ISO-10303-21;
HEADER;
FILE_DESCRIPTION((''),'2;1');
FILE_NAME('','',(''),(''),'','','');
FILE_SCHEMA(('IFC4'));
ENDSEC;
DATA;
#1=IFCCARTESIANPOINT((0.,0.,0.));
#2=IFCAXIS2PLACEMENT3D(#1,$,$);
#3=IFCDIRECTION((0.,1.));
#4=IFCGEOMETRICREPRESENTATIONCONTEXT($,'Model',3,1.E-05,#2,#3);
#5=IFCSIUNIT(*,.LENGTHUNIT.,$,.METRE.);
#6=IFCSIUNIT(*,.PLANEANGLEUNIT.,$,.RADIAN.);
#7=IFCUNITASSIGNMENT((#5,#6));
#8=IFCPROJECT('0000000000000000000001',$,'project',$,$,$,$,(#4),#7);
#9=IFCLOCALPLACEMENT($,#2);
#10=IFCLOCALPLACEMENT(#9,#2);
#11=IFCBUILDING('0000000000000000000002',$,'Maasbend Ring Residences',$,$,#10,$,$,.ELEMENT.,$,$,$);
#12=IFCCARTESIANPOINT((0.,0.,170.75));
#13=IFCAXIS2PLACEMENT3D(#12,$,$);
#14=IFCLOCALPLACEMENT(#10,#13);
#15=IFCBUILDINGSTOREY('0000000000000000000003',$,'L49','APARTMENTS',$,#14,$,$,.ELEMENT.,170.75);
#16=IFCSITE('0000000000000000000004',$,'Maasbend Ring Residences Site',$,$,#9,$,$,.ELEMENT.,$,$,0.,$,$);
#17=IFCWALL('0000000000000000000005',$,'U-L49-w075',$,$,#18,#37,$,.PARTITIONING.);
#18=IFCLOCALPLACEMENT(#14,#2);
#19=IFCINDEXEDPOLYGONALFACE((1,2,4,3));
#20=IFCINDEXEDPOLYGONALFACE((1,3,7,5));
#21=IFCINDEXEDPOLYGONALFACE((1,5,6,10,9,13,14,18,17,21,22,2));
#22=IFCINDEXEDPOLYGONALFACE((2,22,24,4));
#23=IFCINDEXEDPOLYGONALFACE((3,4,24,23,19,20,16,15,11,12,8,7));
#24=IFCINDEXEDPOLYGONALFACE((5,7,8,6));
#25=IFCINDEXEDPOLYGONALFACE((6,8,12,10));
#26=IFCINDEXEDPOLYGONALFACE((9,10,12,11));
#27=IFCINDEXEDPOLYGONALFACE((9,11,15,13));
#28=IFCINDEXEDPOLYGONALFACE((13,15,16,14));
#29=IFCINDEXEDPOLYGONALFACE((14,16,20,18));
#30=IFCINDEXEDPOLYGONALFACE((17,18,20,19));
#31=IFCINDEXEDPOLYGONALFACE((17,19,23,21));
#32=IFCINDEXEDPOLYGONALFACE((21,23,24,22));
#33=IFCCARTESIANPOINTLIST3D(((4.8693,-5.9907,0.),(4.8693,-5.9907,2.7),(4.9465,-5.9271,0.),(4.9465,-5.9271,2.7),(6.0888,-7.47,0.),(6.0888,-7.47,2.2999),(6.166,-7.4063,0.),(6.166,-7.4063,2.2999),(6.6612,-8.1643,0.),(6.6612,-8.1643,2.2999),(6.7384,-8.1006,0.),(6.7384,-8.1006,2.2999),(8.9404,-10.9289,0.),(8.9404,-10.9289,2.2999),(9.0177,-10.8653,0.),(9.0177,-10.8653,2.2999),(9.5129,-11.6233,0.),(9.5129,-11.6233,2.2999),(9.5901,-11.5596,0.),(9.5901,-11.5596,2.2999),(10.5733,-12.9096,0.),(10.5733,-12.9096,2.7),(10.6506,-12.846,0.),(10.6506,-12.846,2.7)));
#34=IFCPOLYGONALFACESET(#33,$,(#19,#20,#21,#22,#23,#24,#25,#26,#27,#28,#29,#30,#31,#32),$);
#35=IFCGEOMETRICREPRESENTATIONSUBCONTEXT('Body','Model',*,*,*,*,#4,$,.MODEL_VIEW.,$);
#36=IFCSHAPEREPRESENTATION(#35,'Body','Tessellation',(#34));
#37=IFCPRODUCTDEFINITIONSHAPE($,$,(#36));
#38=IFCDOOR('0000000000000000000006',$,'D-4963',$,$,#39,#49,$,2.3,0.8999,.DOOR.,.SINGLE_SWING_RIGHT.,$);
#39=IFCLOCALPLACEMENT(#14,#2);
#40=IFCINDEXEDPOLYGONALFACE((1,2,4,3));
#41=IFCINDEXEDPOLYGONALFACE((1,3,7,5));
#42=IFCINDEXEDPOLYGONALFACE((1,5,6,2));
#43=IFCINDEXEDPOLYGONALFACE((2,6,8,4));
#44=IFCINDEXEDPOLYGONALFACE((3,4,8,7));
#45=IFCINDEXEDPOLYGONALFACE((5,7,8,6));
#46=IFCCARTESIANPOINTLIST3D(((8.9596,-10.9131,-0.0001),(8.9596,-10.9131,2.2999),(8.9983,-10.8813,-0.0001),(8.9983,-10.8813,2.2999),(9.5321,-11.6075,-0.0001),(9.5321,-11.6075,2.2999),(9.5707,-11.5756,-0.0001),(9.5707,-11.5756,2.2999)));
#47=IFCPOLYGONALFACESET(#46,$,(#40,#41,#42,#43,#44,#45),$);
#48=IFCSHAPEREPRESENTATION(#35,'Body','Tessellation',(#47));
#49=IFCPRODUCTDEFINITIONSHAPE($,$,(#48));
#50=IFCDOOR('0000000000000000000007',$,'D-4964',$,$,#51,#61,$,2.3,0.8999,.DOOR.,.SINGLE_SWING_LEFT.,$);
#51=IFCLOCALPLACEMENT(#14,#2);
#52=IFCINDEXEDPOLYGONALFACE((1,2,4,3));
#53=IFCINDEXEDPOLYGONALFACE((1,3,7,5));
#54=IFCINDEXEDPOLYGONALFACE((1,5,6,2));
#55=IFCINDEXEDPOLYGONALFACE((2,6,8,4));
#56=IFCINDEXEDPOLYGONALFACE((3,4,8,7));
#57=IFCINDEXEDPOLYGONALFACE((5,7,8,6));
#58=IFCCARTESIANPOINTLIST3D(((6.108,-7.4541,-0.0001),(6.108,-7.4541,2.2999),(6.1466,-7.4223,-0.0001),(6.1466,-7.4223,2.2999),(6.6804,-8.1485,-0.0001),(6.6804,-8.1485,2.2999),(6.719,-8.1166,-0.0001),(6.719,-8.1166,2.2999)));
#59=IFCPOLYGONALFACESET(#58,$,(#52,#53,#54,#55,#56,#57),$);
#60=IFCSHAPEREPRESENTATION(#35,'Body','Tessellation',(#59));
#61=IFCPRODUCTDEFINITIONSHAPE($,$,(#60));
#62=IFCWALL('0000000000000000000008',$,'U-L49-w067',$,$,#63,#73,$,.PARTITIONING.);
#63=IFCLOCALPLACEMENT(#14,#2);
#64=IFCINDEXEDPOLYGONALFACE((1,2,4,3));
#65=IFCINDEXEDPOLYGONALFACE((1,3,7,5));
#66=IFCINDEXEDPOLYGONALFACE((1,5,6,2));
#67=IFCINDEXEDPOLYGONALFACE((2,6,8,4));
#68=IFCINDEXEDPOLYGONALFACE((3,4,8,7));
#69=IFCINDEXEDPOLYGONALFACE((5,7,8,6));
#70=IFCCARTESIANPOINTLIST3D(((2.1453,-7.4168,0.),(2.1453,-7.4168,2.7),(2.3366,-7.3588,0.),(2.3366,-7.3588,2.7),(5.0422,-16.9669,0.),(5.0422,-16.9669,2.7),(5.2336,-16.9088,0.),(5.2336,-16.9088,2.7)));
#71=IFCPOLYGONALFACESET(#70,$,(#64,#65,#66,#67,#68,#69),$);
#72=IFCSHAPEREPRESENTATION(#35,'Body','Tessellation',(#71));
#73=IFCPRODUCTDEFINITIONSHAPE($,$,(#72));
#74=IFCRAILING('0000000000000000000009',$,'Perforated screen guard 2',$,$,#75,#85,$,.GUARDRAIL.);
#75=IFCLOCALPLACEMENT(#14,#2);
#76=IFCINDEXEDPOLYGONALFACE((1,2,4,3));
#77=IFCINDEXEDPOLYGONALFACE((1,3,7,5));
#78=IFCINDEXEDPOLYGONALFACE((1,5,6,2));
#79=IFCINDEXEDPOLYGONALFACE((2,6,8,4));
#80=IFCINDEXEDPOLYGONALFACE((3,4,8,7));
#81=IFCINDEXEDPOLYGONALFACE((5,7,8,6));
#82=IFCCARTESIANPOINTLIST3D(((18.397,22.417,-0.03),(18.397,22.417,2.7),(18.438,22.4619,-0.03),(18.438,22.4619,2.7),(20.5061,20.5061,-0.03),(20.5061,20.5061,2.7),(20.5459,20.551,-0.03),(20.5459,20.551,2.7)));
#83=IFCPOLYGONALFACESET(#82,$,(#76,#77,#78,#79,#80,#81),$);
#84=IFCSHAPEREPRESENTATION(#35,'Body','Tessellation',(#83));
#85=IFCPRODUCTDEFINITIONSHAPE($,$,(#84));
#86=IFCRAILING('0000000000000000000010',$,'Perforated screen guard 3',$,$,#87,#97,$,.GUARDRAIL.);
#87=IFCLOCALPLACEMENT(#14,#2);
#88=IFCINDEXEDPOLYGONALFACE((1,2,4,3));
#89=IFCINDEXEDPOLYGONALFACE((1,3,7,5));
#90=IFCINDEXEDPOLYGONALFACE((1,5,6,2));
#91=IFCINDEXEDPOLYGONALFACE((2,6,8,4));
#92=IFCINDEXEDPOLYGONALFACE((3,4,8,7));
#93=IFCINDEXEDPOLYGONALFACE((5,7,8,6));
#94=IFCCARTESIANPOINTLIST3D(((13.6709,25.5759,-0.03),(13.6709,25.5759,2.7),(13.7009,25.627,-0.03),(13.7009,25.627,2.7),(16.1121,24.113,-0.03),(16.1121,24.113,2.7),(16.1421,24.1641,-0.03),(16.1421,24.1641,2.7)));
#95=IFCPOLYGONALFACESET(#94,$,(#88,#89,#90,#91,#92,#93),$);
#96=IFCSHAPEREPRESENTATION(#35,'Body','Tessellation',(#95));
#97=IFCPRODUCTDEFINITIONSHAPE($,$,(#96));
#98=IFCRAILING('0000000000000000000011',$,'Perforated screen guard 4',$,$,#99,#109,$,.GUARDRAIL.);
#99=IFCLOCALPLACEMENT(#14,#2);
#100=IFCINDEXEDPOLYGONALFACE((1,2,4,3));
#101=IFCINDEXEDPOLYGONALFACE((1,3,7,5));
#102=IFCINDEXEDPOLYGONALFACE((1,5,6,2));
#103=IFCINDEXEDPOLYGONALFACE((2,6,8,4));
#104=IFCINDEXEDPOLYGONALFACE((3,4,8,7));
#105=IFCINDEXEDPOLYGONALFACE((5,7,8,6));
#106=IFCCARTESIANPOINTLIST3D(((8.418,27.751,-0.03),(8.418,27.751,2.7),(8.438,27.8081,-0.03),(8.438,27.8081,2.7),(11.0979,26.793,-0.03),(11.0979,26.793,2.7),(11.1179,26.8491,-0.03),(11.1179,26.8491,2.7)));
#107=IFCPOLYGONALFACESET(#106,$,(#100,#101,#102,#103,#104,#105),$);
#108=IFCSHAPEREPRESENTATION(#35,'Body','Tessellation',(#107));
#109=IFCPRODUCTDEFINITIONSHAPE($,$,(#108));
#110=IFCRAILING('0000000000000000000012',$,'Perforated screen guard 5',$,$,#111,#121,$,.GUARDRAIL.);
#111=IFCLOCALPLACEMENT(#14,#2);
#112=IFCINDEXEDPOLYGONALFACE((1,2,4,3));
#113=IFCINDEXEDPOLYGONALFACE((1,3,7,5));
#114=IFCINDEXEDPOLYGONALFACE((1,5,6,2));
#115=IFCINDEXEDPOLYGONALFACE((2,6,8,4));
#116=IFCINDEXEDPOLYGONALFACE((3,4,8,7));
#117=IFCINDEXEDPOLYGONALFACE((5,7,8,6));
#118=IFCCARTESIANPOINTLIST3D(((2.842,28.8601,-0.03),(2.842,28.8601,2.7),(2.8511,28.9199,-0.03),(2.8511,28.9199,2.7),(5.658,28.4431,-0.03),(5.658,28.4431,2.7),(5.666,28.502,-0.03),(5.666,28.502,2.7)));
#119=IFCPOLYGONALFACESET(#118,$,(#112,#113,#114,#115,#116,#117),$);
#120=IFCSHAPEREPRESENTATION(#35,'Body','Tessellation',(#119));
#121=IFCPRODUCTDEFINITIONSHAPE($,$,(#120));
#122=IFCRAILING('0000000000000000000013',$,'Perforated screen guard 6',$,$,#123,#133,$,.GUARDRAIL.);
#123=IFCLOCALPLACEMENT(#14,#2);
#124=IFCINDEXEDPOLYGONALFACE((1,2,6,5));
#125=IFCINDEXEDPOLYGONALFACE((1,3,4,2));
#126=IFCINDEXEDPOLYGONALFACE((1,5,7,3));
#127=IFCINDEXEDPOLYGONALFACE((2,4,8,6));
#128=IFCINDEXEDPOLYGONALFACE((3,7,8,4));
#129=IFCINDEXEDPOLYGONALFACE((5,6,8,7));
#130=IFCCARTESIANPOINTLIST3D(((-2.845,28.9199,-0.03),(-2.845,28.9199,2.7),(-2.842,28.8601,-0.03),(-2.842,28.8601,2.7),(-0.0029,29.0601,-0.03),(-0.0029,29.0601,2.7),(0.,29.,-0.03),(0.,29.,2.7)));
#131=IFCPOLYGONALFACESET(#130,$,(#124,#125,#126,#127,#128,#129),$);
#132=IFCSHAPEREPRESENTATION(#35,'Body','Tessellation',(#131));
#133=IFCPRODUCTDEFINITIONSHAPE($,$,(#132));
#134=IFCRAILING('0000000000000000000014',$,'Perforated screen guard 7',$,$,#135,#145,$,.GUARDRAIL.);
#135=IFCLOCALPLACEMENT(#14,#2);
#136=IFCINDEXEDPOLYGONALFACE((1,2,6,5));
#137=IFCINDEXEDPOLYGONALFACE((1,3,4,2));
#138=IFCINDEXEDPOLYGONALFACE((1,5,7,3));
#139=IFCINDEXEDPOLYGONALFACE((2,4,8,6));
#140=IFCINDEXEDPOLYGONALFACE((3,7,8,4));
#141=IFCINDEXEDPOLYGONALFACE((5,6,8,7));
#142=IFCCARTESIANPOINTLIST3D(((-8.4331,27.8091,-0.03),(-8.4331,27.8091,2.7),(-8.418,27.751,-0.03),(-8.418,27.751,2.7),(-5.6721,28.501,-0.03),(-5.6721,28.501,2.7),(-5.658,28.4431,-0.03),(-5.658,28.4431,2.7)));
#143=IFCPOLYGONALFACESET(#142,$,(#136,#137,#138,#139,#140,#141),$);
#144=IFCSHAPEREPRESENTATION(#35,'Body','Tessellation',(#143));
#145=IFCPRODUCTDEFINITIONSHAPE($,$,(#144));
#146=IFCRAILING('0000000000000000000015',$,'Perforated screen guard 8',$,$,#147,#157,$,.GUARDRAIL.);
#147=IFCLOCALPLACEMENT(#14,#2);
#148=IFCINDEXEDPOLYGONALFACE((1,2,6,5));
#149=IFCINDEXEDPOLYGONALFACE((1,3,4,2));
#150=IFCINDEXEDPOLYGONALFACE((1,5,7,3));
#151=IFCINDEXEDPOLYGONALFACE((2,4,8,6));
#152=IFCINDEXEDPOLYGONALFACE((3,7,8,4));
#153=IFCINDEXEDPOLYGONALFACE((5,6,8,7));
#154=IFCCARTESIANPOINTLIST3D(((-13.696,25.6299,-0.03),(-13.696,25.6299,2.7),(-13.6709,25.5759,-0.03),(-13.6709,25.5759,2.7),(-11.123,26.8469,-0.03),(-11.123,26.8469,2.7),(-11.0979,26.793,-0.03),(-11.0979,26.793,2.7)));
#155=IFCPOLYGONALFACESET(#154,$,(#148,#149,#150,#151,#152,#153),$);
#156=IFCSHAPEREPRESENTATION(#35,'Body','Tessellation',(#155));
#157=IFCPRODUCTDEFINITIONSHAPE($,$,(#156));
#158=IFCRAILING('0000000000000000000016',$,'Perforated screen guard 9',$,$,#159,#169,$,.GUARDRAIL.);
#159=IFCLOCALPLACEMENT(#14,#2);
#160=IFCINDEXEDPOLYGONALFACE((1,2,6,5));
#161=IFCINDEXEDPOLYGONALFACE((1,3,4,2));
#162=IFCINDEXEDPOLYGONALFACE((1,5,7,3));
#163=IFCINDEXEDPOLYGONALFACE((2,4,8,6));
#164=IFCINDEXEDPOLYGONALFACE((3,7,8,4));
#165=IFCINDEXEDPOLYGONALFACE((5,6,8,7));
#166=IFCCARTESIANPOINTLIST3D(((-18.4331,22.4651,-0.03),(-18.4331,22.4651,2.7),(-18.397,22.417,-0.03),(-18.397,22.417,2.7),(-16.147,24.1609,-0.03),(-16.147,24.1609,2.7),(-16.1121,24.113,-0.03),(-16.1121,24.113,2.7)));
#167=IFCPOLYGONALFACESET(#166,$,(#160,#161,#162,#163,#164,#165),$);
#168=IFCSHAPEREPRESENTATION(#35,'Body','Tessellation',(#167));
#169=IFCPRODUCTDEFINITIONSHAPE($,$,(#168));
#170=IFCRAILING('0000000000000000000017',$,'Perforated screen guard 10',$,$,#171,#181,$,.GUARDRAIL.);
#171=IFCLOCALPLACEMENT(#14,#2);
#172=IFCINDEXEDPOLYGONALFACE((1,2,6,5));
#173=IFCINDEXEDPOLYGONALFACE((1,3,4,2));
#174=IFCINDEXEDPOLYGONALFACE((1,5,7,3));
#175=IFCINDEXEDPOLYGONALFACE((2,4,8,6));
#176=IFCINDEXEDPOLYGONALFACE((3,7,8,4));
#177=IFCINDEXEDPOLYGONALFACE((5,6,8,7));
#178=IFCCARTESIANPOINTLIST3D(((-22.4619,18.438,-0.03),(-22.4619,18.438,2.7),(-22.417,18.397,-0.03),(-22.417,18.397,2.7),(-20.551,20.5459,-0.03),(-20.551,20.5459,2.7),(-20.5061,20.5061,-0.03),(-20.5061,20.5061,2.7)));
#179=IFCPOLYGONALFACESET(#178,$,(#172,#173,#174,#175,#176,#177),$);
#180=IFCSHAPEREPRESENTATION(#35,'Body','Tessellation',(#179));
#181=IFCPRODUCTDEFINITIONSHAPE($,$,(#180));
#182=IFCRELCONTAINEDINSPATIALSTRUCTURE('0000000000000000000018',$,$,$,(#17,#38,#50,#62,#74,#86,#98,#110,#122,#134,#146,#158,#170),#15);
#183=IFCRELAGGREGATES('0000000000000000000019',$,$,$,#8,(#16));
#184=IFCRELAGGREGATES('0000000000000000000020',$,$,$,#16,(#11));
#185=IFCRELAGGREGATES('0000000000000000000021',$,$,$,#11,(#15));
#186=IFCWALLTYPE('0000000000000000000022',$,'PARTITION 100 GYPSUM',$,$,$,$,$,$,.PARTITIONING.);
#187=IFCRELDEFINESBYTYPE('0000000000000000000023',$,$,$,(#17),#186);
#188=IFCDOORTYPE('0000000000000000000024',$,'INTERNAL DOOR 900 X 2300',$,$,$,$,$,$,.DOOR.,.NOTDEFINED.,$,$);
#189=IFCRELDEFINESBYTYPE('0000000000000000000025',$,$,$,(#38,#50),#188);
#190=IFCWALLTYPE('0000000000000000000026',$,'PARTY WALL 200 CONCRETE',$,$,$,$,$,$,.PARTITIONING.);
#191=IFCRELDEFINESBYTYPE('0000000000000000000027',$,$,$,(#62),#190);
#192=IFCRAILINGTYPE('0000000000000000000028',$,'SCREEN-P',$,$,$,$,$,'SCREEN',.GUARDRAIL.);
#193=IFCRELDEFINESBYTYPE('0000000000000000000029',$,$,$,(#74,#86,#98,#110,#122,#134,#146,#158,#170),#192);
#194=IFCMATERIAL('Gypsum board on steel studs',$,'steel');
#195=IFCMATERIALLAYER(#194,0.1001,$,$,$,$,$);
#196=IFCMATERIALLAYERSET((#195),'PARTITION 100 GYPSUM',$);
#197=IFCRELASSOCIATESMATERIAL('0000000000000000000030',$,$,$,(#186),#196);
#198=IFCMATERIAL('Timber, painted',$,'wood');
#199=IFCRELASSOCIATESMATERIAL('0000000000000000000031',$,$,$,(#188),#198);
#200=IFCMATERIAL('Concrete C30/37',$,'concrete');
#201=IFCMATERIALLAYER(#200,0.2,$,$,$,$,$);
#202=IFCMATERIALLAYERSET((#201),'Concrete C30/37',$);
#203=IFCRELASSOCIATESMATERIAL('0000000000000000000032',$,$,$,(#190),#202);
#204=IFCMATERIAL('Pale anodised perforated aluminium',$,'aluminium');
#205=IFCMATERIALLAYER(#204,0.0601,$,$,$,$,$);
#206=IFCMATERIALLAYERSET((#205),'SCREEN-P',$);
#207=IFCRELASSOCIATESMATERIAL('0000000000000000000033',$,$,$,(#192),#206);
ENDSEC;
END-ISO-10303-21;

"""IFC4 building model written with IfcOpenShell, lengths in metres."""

from ifc_helpers import new_model, si_unit, direction, frame, frame_2d, origin, place, context, subcontext, project, spatial, polyline, rectangle, outline, extrude, material, layer, layer_set, type_object, element, fill, save


model = new_model("IFC4")

# Units and contexts
model_context = context("Model", 3, precision=1e-05, world=origin(), true_north=direction((0.0, 1.0)))
body_context = subcontext(model_context, "Body", "Model", "MODEL_VIEW")
ifc_project = project(units=[si_unit("LENGTHUNIT", "METRE"), si_unit("PLANEANGLEUNIT", "RADIAN")], contexts=[model_context])

# Site, building, storey
site_placement = place(None, origin())
site = spatial("IfcSite", under=ifc_project, at=site_placement, Name="Maasbend Ring Residences Site", CompositionType="ELEMENT", RefElevation=0.0)
building_placement = place(site_placement, origin())
building = spatial("IfcBuilding", under=site, at=building_placement, Name="Maasbend Ring Residences", CompositionType="ELEMENT")
storey_placement = place(building_placement, frame((0.0, 0.0, 170.75)))
storey = spatial("IfcBuildingStorey", under=building, at=storey_placement, Name="L49", Description="APARTMENTS", CompositionType="ELEMENT", Elevation=170.75)

# Wall, openings, doors
ifc_material_1 = material(Name="Gypsum board on steel studs", Category="steel")
ifc_layer_1 = layer(ifc_material_1, 0.1001)
ifc_layer_set_1 = layer_set([ifc_layer_1], Name="PARTITION 100 GYPSUM")
wall_type_1 = type_object("IfcWallType", Name="PARTITION 100 GYPSUM", PredefinedType="PARTITIONING", material=ifc_layer_set_1)
wall_1_placement = place(storey_placement, frame((4.908, -5.959, 0.0), z_axis=(0.0, 0.0, 1.0), x_axis=(0.636116, -0.771594, 0.0)))
wall_1 = element("IfcWall", 1, at=wall_1_placement, inside=storey, type_object=wall_type_1, Name="U-L49-w075", PredefinedType="PARTITIONING", context=body_context, shape_type="SweptSolid", body=[
    extrude(rectangle(XDim=8.967, YDim=0.1001, at=frame_2d((4.4834, 0.0))), origin(), (0.0, 0.0, 1.0), 2.7),
])
opening_1_placement = place(wall_1_placement, frame((6.3999, 0.0, 0.0)))
opening_1 = element("IfcOpeningElement", 2, at=opening_1_placement, cuts=wall_1, PredefinedType="OPENING", context=body_context, shape_type="SweptSolid", body=[
    extrude(rectangle(XDim=0.8999, YDim=2.3, at=frame_2d((0.45, 1.1499))), frame((0.0, 0.0601, 0.0), z_axis=(0.0, -1.0, 0.0), x_axis=(1.0, 0.0, 0.0)), (0.0, 0.0, 1.0), 0.1201),
])
opening_2_placement = place(wall_1_placement, frame((1.917, 0.0, 0.0)))
opening_2 = element("IfcOpeningElement", 3, at=opening_2_placement, cuts=wall_1, PredefinedType="OPENING", context=body_context, shape_type="SweptSolid", body=[
    extrude(rectangle(XDim=0.8999, YDim=2.3, at=frame_2d((0.45, 1.1499))), frame((0.0, 0.0601, 0.0), z_axis=(0.0, -1.0, 0.0), x_axis=(1.0, 0.0, 0.0)), (0.0, 0.0, 1.0), 0.1201),
])
ifc_material_2 = material(Name="Timber, painted", Category="wood")
door_type = type_object("IfcDoorType", Name="INTERNAL DOOR 900 X 2300", OperationType="NOTDEFINED", PredefinedType="DOOR", material=ifc_material_2)
door_1_placement = place(opening_1_placement, origin())
door_1 = element("IfcDoor", 4, at=door_1_placement, inside=storey, type_object=door_type, Name="D-4963", OperationType="SINGLE_SWING_RIGHT", OverallHeight=2.3, OverallWidth=0.8999, PredefinedType="DOOR", context=body_context, shape_type="SweptSolid", body=[
    extrude(rectangle(XDim=0.8999, YDim=2.3, at=frame_2d((0.45, 1.1499))), frame((0.0, 0.0249, 0.0), z_axis=(0.0, -1.0, 0.0), x_axis=(1.0, 0.0, 0.0)), (0.0, 0.0, 1.0), 0.05),
])
fill(opening_1, door_1)
door_2_placement = place(opening_2_placement, origin())
door_2 = element("IfcDoor", 5, at=door_2_placement, inside=storey, type_object=door_type, Name="D-4964", OperationType="SINGLE_SWING_LEFT", OverallHeight=2.3, OverallWidth=0.8999, PredefinedType="DOOR", context=body_context, shape_type="SweptSolid", body=[
    extrude(rectangle(XDim=0.8999, YDim=2.3, at=frame_2d((0.45, 1.1499))), frame((0.0, 0.0249, 0.0), z_axis=(0.0, -1.0, 0.0), x_axis=(1.0, 0.0, 0.0)), (0.0, 0.0, 1.0), 0.05),
])
fill(opening_2, door_2)

# Wall
ifc_material_3 = material(Name="Concrete C30/37", Category="concrete")
ifc_layer_2 = layer(ifc_material_3, 0.2)
ifc_layer_set_2 = layer_set([ifc_layer_2], Name="Concrete C30/37")
wall_type_2 = type_object("IfcWallType", Name="PARTY WALL 200 CONCRETE", PredefinedType="PARTITIONING", material=ifc_layer_set_2)
wall_2_placement = place(storey_placement, frame((2.241, -7.3879, 0.0), z_axis=(0.0, 0.0, 1.0), x_axis=(0.290284, -0.95694, 0.0)))
element("IfcWall", 6, at=wall_2_placement, inside=storey, type_object=wall_type_2, Name="U-L49-w067", PredefinedType="PARTITIONING", context=body_context, shape_type="SweptSolid", body=[
    extrude(rectangle(XDim=9.9797, YDim=0.2, at=frame_2d((4.9897, 0.0))), origin(), (0.0, 0.0, 1.0), 2.7),
])

# Railings
ifc_material_4 = material(Name="Pale anodised perforated aluminium", Category="aluminium")
ifc_layer_3 = layer(ifc_material_4, 0.0601)
ifc_layer_set_3 = layer_set([ifc_layer_3], Name="SCREEN-P")
railing_type = type_object("IfcRailingType", Name="SCREEN-P", ElementType="SCREEN", PredefinedType="GUARDRAIL", material=ifc_layer_set_3)
railing_1_placement = place(storey_placement, frame((0.0, 0.0, -0.03)))
element("IfcRailing", 7, at=railing_1_placement, inside=storey, type_object=railing_type, Name="Perforated screen guard 2", PredefinedType="GUARDRAIL", context=body_context, shape_type="SweptSolid", body=[
    extrude(outline(polyline([(20.5061, 20.5061), (18.397, 22.417), (18.438, 22.4619), (20.5459, 20.551), (20.5061, 20.5061)])), origin(), (0.0, 0.0, 1.0), 2.73),
])
railing_2_placement = place(storey_placement, frame((0.0, 0.0, -0.03)))
element("IfcRailing", 8, at=railing_2_placement, inside=storey, type_object=railing_type, Name="Perforated screen guard 3", PredefinedType="GUARDRAIL", context=body_context, shape_type="SweptSolid", body=[
    extrude(outline(polyline([(16.1121, 24.113), (13.6709, 25.5759), (13.7009, 25.627), (16.1421, 24.1641), (16.1121, 24.113)])), origin(), (0.0, 0.0, 1.0), 2.73),
])
railing_3_placement = place(storey_placement, frame((0.0, 0.0, -0.03)))
element("IfcRailing", 9, at=railing_3_placement, inside=storey, type_object=railing_type, Name="Perforated screen guard 4", PredefinedType="GUARDRAIL", context=body_context, shape_type="SweptSolid", body=[
    extrude(outline(polyline([(11.0979, 26.793), (8.418, 27.751), (8.438, 27.8081), (11.1179, 26.8491), (11.0979, 26.793)])), origin(), (0.0, 0.0, 1.0), 2.73),
])
railing_4_placement = place(storey_placement, frame((0.0, 0.0, -0.03)))
element("IfcRailing", 10, at=railing_4_placement, inside=storey, type_object=railing_type, Name="Perforated screen guard 5", PredefinedType="GUARDRAIL", context=body_context, shape_type="SweptSolid", body=[
    extrude(outline(polyline([(5.658, 28.4431), (2.842, 28.8601), (2.8511, 28.9199), (5.666, 28.502), (5.658, 28.4431)])), origin(), (0.0, 0.0, 1.0), 2.73),
])
railing_5_placement = place(storey_placement, frame((0.0, 0.0, -0.03)))
element("IfcRailing", 11, at=railing_5_placement, inside=storey, type_object=railing_type, Name="Perforated screen guard 6", PredefinedType="GUARDRAIL", context=body_context, shape_type="SweptSolid", body=[
    extrude(outline(polyline([(0.0, 29.0), (-2.842, 28.8601), (-2.845, 28.9199), (-0.0029, 29.0601), (0.0, 29.0)])), origin(), (0.0, 0.0, 1.0), 2.73),
])
railing_6_placement = place(storey_placement, frame((0.0, 0.0, -0.03)))
element("IfcRailing", 12, at=railing_6_placement, inside=storey, type_object=railing_type, Name="Perforated screen guard 7", PredefinedType="GUARDRAIL", context=body_context, shape_type="SweptSolid", body=[
    extrude(outline(polyline([(-5.658, 28.4431), (-8.418, 27.751), (-8.4331, 27.8091), (-5.6721, 28.501), (-5.658, 28.4431)])), origin(), (0.0, 0.0, 1.0), 2.73),
])
railing_7_placement = place(storey_placement, frame((0.0, 0.0, -0.03)))
element("IfcRailing", 13, at=railing_7_placement, inside=storey, type_object=railing_type, Name="Perforated screen guard 8", PredefinedType="GUARDRAIL", context=body_context, shape_type="SweptSolid", body=[
    extrude(outline(polyline([(-11.0979, 26.793), (-13.6709, 25.5759), (-13.696, 25.6299), (-11.123, 26.8469), (-11.0979, 26.793)])), origin(), (0.0, 0.0, 1.0), 2.73),
])
railing_8_placement = place(storey_placement, frame((0.0, 0.0, -0.03)))
element("IfcRailing", 14, at=railing_8_placement, inside=storey, type_object=railing_type, Name="Perforated screen guard 9", PredefinedType="GUARDRAIL", context=body_context, shape_type="SweptSolid", body=[
    extrude(outline(polyline([(-16.1121, 24.113), (-18.397, 22.417), (-18.4331, 22.4651), (-16.147, 24.1609), (-16.1121, 24.113)])), origin(), (0.0, 0.0, 1.0), 2.73),
])
railing_9_placement = place(storey_placement, frame((0.0, 0.0, -0.03)))
element("IfcRailing", 15, at=railing_9_placement, inside=storey, type_object=railing_type, Name="Perforated screen guard 10", PredefinedType="GUARDRAIL", context=body_context, shape_type="SweptSolid", body=[
    extrude(outline(polyline([(-20.5061, 20.5061), (-22.417, 18.397), (-22.4619, 18.438), (-20.551, 20.5459), (-20.5061, 20.5061)])), origin(), (0.0, 0.0, 1.0), 2.73),
])

save(model, "model.ifc")
